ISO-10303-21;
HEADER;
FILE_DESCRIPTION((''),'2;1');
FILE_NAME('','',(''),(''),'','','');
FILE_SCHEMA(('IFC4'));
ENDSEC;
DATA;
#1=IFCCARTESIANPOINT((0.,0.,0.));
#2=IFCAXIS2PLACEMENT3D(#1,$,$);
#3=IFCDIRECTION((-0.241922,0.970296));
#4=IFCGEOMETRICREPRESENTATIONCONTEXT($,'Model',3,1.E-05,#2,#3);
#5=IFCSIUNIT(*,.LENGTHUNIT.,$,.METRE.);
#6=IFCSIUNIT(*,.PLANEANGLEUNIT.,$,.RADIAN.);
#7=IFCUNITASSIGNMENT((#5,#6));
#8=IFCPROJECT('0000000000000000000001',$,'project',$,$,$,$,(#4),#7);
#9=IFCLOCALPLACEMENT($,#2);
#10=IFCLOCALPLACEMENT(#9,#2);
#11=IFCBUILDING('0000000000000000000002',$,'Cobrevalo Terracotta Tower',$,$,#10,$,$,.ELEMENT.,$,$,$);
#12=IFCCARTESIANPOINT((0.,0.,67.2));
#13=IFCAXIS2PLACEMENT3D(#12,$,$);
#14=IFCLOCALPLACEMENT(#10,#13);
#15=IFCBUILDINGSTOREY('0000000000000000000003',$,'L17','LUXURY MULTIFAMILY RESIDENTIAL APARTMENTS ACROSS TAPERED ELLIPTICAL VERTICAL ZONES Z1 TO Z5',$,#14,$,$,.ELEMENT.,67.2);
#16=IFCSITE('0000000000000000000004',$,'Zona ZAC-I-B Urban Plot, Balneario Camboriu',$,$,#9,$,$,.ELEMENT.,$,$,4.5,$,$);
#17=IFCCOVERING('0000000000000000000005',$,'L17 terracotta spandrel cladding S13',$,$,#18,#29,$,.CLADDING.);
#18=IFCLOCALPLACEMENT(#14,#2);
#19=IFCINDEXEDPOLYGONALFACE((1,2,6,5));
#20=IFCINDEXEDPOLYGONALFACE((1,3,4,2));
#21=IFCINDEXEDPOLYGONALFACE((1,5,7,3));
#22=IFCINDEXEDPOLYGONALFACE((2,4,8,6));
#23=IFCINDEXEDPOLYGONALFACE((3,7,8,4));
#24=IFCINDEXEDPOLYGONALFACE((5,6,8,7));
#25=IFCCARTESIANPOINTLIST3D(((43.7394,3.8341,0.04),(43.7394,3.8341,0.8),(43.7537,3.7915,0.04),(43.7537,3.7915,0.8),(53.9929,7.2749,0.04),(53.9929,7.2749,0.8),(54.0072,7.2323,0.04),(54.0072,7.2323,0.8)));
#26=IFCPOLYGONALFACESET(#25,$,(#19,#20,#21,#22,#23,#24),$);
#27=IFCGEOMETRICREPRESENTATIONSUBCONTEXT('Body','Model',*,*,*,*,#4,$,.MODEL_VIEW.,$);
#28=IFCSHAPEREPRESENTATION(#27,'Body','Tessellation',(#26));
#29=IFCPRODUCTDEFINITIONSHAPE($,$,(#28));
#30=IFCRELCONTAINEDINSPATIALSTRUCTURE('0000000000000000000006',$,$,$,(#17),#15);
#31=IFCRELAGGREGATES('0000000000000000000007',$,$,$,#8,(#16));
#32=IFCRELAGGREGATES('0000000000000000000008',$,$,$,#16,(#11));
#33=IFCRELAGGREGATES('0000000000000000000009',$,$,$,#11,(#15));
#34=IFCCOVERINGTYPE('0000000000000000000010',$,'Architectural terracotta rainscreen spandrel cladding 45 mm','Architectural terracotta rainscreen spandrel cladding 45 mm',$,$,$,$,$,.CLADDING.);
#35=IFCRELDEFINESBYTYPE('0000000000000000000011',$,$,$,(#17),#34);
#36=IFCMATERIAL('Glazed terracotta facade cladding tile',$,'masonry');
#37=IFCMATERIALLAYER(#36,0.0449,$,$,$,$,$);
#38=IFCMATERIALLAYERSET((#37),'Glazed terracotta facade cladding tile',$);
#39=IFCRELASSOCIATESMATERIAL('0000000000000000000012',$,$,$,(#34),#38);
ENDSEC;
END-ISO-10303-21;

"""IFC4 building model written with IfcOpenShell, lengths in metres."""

from ifc_helpers import new_model, si_unit, direction, frame, origin, origin_2d, place, context, subcontext, project, spatial, rectangle, extrude, source, transform, mapped, material, layer, layer_set, type_object, element, save


model = new_model("IFC4")

# Units and contexts
model_context = context("Model", 3, precision=1e-05, world=origin(), true_north=direction((-0.241922, 0.970296)))
body_context = subcontext(model_context, "Body", "Model", "MODEL_VIEW")
ifc_project = project(units=[si_unit("LENGTHUNIT", "METRE"), si_unit("PLANEANGLEUNIT", "RADIAN")], contexts=[model_context])

# Site, building, storey
site_placement = place(None, origin())
site = spatial("IfcSite", under=ifc_project, at=site_placement, Name="Zona ZAC-I-B Urban Plot, Balneario Camboriu", CompositionType="ELEMENT", RefElevation=4.5)
building_placement = place(site_placement, origin())
building = spatial("IfcBuilding", under=site, at=building_placement, Name="Cobrevalo Terracotta Tower", CompositionType="ELEMENT")
storey_placement = place(building_placement, frame((0.0, 0.0, 67.2)))
storey = spatial("IfcBuildingStorey", under=building, at=storey_placement, Name="L17", Description="LUXURY MULTIFAMILY RESIDENTIAL APARTMENTS ACROSS TAPERED ELLIPTICAL VERTICAL ZONES Z1 TO Z5", CompositionType="ELEMENT", Elevation=67.2)

# Covering
ifc_material_1 = material(Name="Glazed terracotta facade cladding tile", Category="masonry")
ifc_layer_1 = layer(ifc_material_1, 0.0449)
ifc_layer_set_1 = layer_set([ifc_layer_1], Name="Glazed terracotta facade cladding tile")
covering_type = type_object("IfcCoveringType", Name="Architectural terracotta rainscreen spandrel cladding 45 mm", Description="Architectural terracotta rainscreen spandrel cladding 45 mm", PredefinedType="CLADDING", material=ifc_layer_set_1)
shared_shape_1 = source(origin(), body_context, "Body", "SweptSolid", [
    extrude(rectangle(XDim=10.8154, YDim=0.0449, at=origin_2d()), origin(), (0.0, 0.0, 1.0), 0.76),
])
covering_placement = place(storey_placement, frame((48.8733, 5.5332, 0.04), z_axis=(0.0, 0.0, 1.0), x_axis=(0.948044, 0.318139, 0.0)))
element("IfcCovering", 1, at=covering_placement, inside=storey, type_object=covering_type, Name="L17 terracotta spandrel cladding S13", PredefinedType="CLADDING", context=body_context, shape_type="MappedRepresentation", body=[
    mapped(shared_shape_1, transform((0.0, 0.0, 0.0), scale=1.0)),
])

save(model, "model.ifc")
